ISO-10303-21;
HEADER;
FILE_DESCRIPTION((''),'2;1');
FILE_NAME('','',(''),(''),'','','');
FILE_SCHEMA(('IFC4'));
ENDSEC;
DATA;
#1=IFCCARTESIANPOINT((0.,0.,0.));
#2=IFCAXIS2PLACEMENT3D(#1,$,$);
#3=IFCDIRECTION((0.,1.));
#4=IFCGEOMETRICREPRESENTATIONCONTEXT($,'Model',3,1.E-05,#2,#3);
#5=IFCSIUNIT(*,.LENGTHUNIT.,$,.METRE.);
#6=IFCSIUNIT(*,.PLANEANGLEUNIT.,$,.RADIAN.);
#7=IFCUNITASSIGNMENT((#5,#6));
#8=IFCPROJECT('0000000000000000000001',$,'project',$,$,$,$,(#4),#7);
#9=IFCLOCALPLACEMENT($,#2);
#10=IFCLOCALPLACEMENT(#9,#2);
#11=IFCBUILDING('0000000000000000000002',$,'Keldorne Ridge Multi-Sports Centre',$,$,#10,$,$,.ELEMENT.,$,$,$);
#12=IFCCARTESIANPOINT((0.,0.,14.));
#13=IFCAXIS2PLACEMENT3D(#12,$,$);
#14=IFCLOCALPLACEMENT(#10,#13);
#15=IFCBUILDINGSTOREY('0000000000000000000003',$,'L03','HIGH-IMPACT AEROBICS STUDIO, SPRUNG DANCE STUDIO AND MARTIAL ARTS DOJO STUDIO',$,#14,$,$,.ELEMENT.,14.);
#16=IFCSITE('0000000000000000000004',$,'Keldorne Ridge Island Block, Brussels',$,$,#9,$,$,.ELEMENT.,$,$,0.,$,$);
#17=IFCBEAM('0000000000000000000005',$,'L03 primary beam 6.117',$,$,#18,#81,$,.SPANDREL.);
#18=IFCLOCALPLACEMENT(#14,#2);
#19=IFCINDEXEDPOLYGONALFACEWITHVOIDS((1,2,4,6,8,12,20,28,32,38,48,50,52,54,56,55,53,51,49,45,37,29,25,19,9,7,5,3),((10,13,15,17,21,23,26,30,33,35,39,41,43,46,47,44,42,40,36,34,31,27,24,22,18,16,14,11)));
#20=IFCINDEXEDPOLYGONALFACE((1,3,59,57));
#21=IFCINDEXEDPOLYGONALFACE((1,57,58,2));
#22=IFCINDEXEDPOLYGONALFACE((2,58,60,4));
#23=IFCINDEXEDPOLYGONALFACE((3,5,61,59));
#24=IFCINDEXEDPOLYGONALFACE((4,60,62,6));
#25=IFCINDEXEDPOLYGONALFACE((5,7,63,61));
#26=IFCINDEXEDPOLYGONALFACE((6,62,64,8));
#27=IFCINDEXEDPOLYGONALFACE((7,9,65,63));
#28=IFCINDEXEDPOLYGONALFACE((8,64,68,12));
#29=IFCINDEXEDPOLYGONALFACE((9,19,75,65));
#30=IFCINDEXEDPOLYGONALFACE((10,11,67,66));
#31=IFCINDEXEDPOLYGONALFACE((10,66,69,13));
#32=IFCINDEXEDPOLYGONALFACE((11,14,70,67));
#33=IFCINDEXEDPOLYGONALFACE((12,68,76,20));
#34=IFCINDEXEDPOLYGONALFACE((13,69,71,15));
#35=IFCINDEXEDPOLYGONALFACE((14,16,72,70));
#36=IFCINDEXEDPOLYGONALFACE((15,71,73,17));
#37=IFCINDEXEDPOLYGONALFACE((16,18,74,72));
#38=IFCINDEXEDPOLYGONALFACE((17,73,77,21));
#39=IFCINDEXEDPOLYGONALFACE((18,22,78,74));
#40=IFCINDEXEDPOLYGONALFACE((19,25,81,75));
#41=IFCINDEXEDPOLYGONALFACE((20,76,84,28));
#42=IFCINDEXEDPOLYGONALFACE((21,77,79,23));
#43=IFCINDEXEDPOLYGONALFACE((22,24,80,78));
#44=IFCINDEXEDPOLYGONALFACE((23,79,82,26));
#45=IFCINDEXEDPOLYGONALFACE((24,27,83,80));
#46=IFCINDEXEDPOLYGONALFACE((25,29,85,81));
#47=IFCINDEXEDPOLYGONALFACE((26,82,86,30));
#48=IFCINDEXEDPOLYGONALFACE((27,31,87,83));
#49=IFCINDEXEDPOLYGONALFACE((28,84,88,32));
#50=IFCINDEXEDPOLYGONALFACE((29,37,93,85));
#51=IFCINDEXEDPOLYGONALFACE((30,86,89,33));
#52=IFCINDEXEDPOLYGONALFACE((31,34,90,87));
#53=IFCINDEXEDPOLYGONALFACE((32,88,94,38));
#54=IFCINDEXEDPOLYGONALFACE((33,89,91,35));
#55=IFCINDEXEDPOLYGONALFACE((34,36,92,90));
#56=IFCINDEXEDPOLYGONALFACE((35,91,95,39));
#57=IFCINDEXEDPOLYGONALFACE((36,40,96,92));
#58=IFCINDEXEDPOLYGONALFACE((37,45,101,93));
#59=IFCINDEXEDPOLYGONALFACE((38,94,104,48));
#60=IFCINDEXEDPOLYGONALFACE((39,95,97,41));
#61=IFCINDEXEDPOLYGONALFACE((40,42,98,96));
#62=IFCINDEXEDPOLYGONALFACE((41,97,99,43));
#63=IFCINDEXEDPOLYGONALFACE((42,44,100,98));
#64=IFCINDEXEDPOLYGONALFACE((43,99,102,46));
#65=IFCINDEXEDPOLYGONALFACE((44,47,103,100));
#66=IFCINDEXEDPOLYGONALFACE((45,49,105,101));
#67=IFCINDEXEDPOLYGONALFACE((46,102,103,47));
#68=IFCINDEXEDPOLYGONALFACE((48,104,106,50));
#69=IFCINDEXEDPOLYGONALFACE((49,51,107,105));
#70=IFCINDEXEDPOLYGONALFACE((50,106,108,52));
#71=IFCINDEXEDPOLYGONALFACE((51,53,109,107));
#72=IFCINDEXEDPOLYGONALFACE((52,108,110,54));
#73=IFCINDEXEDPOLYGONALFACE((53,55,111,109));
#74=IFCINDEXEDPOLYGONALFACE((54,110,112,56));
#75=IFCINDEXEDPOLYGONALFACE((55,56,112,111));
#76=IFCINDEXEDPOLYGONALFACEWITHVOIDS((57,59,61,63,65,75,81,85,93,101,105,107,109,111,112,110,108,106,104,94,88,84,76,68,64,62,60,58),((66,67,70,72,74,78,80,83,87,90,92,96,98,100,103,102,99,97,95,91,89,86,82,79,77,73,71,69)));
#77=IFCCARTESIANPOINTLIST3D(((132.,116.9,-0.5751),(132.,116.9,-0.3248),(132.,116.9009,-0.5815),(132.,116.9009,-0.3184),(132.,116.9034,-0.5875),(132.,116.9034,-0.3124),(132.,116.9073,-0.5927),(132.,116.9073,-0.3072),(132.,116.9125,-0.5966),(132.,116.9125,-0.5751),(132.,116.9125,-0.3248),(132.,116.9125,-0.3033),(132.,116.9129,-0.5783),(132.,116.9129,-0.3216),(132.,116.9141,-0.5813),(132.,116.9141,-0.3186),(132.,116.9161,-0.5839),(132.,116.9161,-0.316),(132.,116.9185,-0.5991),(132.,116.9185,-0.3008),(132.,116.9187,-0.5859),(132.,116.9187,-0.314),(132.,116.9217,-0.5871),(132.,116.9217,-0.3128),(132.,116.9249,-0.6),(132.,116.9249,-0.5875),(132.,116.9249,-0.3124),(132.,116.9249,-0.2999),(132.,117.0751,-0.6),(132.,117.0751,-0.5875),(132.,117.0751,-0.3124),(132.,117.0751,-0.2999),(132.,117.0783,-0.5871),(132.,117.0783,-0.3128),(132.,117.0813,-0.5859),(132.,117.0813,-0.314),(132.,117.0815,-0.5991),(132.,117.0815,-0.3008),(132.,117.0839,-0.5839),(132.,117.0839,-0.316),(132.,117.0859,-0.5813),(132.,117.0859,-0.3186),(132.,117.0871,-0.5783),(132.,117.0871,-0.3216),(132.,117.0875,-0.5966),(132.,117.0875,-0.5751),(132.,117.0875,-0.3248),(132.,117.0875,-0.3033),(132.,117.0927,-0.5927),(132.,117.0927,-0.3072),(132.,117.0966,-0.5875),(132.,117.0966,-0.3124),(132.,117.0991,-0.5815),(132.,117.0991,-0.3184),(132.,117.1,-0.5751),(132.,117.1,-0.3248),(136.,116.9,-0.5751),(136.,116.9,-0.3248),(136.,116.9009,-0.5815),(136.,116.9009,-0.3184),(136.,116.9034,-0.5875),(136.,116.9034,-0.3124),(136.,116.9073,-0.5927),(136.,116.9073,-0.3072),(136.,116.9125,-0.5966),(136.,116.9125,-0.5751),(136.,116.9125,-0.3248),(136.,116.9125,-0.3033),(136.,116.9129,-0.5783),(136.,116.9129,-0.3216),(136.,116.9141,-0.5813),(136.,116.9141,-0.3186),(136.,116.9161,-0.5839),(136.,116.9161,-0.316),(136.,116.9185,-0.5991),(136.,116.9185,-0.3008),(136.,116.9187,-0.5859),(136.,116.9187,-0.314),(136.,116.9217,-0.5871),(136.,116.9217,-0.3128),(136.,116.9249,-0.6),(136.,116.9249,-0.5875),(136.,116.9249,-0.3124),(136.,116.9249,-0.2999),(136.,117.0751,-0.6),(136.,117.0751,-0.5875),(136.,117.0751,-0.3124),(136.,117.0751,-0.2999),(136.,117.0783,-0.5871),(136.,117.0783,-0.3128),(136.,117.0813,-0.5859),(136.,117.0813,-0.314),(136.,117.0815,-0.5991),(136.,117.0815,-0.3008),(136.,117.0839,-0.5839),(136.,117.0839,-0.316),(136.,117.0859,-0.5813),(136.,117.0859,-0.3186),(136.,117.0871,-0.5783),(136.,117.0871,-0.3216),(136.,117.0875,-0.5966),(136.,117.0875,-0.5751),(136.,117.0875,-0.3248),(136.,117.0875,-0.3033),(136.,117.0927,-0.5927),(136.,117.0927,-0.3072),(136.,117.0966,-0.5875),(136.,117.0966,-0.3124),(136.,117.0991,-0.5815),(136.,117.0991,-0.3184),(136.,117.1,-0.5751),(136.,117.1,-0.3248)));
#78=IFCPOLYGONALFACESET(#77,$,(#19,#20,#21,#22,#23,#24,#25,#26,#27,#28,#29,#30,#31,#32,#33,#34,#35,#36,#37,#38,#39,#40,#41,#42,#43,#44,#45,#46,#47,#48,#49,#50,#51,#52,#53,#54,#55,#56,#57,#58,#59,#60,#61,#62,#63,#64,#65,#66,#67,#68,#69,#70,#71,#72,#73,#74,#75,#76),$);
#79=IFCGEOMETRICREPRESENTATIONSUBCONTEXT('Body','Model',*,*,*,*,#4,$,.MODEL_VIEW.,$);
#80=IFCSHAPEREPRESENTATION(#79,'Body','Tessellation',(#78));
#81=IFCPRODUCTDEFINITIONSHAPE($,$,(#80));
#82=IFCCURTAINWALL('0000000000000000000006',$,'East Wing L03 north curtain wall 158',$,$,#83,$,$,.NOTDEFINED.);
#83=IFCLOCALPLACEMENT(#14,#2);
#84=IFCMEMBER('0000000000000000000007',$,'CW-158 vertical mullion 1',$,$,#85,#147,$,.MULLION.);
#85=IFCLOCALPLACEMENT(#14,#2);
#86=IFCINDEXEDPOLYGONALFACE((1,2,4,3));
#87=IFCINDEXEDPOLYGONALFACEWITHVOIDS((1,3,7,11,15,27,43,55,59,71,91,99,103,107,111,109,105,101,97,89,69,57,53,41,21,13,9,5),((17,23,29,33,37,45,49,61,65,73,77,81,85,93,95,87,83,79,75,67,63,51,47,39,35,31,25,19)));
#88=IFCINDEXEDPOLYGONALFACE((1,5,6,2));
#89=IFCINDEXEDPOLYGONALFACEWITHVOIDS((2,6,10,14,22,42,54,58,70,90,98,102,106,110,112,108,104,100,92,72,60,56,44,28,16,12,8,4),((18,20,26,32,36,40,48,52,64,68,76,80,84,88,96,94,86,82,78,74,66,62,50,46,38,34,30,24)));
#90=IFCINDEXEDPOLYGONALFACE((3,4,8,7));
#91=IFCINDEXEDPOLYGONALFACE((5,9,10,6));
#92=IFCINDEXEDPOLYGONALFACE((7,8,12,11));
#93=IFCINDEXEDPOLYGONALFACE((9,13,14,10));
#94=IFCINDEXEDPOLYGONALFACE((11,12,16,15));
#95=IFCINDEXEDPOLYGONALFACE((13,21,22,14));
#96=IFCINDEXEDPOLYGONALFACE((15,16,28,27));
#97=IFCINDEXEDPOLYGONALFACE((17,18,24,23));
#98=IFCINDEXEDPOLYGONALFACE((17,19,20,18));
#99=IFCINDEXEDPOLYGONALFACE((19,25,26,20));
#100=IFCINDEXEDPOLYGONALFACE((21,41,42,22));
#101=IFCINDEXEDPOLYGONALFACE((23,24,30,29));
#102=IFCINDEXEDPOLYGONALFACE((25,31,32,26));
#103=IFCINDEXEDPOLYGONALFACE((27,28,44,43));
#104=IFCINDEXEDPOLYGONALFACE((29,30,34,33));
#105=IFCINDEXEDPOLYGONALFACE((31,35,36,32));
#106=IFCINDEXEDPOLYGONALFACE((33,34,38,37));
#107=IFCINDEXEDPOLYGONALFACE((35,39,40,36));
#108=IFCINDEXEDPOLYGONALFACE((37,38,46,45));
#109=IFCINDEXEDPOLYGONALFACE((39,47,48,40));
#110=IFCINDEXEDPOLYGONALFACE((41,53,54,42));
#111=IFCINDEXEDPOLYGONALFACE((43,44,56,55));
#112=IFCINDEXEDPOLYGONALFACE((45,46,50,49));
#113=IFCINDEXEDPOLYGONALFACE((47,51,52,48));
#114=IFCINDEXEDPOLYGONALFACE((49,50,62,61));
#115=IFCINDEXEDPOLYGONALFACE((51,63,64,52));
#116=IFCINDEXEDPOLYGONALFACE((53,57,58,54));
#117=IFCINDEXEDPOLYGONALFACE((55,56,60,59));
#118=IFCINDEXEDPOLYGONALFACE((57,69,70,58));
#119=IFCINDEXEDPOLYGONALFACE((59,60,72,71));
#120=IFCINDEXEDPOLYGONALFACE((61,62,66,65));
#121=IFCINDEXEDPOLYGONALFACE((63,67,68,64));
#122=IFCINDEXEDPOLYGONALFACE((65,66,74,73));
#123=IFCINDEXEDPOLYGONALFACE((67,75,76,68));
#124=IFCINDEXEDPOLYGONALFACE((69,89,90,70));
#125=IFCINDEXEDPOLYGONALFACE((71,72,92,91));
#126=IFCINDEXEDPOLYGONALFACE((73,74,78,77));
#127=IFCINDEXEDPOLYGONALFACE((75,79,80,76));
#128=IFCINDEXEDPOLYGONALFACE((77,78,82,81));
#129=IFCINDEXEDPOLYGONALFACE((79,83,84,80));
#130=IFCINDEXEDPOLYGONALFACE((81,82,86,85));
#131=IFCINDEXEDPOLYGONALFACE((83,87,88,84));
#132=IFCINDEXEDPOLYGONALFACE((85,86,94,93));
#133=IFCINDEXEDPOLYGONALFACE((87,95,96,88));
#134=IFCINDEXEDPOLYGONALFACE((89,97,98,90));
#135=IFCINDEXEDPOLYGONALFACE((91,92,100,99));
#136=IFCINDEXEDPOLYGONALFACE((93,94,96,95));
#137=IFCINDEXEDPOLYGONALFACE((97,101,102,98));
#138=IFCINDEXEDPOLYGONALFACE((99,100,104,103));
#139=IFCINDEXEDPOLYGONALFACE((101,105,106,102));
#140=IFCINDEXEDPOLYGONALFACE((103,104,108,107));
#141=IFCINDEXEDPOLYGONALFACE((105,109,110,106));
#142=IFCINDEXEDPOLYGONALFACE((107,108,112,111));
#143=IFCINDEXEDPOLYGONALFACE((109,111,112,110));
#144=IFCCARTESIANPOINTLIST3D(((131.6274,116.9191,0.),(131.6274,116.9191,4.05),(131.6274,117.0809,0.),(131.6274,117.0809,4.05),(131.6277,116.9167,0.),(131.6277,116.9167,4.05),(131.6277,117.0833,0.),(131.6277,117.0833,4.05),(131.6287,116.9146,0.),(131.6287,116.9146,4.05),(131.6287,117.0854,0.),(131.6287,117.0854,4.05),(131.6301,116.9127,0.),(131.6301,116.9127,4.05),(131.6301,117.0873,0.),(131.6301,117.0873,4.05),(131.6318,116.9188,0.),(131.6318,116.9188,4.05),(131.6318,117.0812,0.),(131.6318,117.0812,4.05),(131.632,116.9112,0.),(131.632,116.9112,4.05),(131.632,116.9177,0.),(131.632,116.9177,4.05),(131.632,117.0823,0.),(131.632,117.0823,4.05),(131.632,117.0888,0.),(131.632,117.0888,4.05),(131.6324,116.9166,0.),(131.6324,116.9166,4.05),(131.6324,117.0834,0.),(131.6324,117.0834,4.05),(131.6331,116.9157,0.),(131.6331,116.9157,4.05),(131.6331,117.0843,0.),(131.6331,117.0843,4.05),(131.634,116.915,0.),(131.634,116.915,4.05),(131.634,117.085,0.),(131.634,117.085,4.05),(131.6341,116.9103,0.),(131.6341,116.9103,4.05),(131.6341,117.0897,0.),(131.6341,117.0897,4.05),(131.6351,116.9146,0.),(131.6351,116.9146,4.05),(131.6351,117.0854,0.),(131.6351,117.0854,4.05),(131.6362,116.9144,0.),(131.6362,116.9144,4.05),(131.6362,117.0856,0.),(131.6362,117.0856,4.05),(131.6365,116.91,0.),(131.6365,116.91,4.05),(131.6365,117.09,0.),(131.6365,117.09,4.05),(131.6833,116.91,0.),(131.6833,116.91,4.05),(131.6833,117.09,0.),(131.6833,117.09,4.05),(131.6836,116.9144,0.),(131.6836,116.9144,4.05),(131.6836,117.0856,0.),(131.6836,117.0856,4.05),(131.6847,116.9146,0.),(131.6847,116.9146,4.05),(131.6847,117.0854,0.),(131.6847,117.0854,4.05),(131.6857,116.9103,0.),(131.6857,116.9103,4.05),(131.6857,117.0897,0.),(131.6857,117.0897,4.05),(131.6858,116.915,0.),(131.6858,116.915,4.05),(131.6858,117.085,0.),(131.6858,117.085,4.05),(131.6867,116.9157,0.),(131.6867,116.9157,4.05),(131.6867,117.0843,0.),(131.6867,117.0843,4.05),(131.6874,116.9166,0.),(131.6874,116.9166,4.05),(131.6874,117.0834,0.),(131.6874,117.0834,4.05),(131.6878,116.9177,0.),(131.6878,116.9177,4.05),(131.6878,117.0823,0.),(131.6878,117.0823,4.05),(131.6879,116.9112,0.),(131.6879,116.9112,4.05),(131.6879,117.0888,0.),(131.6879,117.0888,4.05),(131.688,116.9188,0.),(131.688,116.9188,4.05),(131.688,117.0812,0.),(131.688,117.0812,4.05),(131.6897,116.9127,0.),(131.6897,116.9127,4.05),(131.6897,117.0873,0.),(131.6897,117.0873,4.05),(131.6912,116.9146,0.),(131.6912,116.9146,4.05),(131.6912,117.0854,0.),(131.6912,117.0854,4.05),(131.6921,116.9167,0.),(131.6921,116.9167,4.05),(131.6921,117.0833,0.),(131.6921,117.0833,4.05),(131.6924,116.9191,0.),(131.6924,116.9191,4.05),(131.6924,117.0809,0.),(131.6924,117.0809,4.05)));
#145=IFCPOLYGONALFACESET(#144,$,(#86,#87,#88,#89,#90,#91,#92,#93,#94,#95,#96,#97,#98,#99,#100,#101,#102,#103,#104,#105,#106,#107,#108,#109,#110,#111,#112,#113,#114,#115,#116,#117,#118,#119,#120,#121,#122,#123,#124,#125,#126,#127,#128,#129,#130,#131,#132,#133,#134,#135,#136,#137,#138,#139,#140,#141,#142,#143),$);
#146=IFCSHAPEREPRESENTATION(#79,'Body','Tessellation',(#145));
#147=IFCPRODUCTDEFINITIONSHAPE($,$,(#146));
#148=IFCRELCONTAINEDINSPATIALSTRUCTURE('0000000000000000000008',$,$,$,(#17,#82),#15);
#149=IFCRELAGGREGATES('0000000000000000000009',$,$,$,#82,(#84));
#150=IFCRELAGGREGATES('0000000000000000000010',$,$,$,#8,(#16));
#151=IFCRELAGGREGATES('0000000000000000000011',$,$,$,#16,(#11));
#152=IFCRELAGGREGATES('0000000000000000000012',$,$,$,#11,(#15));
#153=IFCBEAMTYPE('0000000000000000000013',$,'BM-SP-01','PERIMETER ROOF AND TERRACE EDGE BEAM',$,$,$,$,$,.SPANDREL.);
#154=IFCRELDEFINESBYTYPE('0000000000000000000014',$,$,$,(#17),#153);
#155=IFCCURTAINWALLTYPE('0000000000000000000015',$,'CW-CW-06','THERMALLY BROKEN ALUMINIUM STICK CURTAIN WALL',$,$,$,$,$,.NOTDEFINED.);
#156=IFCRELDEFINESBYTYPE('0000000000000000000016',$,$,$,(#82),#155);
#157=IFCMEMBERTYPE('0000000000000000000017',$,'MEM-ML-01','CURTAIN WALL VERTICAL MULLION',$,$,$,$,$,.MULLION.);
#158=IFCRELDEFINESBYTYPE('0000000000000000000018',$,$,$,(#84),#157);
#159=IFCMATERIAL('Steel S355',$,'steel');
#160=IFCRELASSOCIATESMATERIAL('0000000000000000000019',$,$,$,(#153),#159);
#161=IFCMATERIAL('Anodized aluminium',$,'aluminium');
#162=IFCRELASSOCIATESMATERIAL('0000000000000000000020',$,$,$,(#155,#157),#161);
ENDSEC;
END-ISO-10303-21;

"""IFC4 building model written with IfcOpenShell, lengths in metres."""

from ifc_helpers import new_model, si_unit, direction, frame, origin, origin_2d, place, context, subcontext, project, spatial, hollow_rectangle, extrude, material, material_profile, profile_set, type_object, element, aggregate, save


model = new_model("IFC4")

# Units and contexts
model_context = context("Model", 3, precision=1e-05, world=origin(), true_north=direction((0.0, 1.0)))
body_context = subcontext(model_context, "Body", "Model", "MODEL_VIEW")
ifc_project = project(units=[si_unit("LENGTHUNIT", "METRE"), si_unit("PLANEANGLEUNIT", "RADIAN")], contexts=[model_context])

# Site, building, storey
site_placement = place(None, origin())
site = spatial("IfcSite", under=ifc_project, at=site_placement, Name="Keldorne Ridge Island Block, Brussels", CompositionType="ELEMENT", RefElevation=0.0)
building_placement = place(site_placement, origin())
building = spatial("IfcBuilding", under=site, at=building_placement, Name="Keldorne Ridge Multi-Sports Centre", CompositionType="ELEMENT")
storey_placement = place(building_placement, frame((0.0, 0.0, 14.0)))
storey = spatial("IfcBuildingStorey", under=building, at=storey_placement, Name="L03", Description="HIGH-IMPACT AEROBICS STUDIO, SPRUNG DANCE STUDIO AND MARTIAL ARTS DOJO STUDIO", CompositionType="ELEMENT", Elevation=14.0)

# Shared definitions
ifc_material_1 = material(Name="Steel S355", Category="steel")

# Beam
ifc_material_profile_1 = material_profile(ifc_material_1, hollow_rectangle(XDim=0.2, YDim=0.3, WallThickness=0.0125, InnerFilletRadius=0.0125, OuterFilletRadius=0.0249, at=origin_2d()), Name="RHS 300x200x12.5")
ifc_profile_set_1 = profile_set([ifc_material_profile_1], Name="Steel S355")
beam_type_1 = type_object("IfcBeamType", Name="BM-SP-01", Description="PERIMETER ROOF AND TERRACE EDGE BEAM", PredefinedType="SPANDREL", material=ifc_profile_set_1)
beam_1_placement = place(storey_placement, frame((132.0, 117.0, -0.45), z_axis=(1.0, 0.0, 0.0), x_axis=(0.0, 1.0, 0.0)))
element("IfcBeam", 1, at=beam_1_placement, inside=storey, type_object=beam_type_1, Name="L03 primary beam 6.117", PredefinedType="SPANDREL", context=body_context, shape_type="SweptSolid", body=[
    extrude(hollow_rectangle(XDim=0.2, YDim=0.3, WallThickness=0.0125, InnerFilletRadius=0.0125, OuterFilletRadius=0.0249, at=origin_2d()), origin(), (0.0, 0.0, 1.0), 4.0),
])

# Curtain wall, member
ifc_material_2 = material(Name="Anodized aluminium", Category="aluminium")
curtain_wall_type = type_object("IfcCurtainWallType", Name="CW-CW-06", Description="THERMALLY BROKEN ALUMINIUM STICK CURTAIN WALL", PredefinedType="NOTDEFINED", material=ifc_material_2)
curtain_wall_placement = place(storey_placement, origin())
curtain_wall = element("IfcCurtainWall", 2, at=curtain_wall_placement, inside=storey, type_object=curtain_wall_type, Name="East Wing L03 north curtain wall 158", PredefinedType="NOTDEFINED")
ifc_material_profile_2 = material_profile(ifc_material_2, hollow_rectangle(XDim=0.0649, YDim=0.1799, WallThickness=0.0044, InnerFilletRadius=0.0044, OuterFilletRadius=0.009, at=origin_2d()), Name="ALU MULLION 180x65x4.5")
ifc_profile_set_2 = profile_set([ifc_material_profile_2], Name="Anodized aluminium")
member_type_1 = type_object("IfcMemberType", Name="MEM-ML-01", Description="CURTAIN WALL VERTICAL MULLION", PredefinedType="MULLION", material=ifc_profile_set_2)
member_1_placement = place(storey_placement, frame((131.6599, 117.0, 0.0), z_axis=(0.0, 0.0, 1.0), x_axis=(1.0, 0.0, 0.0)))
member_1 = element("IfcMember", 3, at=member_1_placement, type_object=member_type_1, Name="CW-158 vertical mullion 1", PredefinedType="MULLION", context=body_context, shape_type="SweptSolid", body=[
    extrude(hollow_rectangle(XDim=0.0649, YDim=0.1799, WallThickness=0.0044, InnerFilletRadius=0.0044, OuterFilletRadius=0.009, at=origin_2d()), origin(), (0.0, 0.0, 1.0), 4.05),
])
aggregate(curtain_wall, [member_1])

save(model, "model.ifc")
